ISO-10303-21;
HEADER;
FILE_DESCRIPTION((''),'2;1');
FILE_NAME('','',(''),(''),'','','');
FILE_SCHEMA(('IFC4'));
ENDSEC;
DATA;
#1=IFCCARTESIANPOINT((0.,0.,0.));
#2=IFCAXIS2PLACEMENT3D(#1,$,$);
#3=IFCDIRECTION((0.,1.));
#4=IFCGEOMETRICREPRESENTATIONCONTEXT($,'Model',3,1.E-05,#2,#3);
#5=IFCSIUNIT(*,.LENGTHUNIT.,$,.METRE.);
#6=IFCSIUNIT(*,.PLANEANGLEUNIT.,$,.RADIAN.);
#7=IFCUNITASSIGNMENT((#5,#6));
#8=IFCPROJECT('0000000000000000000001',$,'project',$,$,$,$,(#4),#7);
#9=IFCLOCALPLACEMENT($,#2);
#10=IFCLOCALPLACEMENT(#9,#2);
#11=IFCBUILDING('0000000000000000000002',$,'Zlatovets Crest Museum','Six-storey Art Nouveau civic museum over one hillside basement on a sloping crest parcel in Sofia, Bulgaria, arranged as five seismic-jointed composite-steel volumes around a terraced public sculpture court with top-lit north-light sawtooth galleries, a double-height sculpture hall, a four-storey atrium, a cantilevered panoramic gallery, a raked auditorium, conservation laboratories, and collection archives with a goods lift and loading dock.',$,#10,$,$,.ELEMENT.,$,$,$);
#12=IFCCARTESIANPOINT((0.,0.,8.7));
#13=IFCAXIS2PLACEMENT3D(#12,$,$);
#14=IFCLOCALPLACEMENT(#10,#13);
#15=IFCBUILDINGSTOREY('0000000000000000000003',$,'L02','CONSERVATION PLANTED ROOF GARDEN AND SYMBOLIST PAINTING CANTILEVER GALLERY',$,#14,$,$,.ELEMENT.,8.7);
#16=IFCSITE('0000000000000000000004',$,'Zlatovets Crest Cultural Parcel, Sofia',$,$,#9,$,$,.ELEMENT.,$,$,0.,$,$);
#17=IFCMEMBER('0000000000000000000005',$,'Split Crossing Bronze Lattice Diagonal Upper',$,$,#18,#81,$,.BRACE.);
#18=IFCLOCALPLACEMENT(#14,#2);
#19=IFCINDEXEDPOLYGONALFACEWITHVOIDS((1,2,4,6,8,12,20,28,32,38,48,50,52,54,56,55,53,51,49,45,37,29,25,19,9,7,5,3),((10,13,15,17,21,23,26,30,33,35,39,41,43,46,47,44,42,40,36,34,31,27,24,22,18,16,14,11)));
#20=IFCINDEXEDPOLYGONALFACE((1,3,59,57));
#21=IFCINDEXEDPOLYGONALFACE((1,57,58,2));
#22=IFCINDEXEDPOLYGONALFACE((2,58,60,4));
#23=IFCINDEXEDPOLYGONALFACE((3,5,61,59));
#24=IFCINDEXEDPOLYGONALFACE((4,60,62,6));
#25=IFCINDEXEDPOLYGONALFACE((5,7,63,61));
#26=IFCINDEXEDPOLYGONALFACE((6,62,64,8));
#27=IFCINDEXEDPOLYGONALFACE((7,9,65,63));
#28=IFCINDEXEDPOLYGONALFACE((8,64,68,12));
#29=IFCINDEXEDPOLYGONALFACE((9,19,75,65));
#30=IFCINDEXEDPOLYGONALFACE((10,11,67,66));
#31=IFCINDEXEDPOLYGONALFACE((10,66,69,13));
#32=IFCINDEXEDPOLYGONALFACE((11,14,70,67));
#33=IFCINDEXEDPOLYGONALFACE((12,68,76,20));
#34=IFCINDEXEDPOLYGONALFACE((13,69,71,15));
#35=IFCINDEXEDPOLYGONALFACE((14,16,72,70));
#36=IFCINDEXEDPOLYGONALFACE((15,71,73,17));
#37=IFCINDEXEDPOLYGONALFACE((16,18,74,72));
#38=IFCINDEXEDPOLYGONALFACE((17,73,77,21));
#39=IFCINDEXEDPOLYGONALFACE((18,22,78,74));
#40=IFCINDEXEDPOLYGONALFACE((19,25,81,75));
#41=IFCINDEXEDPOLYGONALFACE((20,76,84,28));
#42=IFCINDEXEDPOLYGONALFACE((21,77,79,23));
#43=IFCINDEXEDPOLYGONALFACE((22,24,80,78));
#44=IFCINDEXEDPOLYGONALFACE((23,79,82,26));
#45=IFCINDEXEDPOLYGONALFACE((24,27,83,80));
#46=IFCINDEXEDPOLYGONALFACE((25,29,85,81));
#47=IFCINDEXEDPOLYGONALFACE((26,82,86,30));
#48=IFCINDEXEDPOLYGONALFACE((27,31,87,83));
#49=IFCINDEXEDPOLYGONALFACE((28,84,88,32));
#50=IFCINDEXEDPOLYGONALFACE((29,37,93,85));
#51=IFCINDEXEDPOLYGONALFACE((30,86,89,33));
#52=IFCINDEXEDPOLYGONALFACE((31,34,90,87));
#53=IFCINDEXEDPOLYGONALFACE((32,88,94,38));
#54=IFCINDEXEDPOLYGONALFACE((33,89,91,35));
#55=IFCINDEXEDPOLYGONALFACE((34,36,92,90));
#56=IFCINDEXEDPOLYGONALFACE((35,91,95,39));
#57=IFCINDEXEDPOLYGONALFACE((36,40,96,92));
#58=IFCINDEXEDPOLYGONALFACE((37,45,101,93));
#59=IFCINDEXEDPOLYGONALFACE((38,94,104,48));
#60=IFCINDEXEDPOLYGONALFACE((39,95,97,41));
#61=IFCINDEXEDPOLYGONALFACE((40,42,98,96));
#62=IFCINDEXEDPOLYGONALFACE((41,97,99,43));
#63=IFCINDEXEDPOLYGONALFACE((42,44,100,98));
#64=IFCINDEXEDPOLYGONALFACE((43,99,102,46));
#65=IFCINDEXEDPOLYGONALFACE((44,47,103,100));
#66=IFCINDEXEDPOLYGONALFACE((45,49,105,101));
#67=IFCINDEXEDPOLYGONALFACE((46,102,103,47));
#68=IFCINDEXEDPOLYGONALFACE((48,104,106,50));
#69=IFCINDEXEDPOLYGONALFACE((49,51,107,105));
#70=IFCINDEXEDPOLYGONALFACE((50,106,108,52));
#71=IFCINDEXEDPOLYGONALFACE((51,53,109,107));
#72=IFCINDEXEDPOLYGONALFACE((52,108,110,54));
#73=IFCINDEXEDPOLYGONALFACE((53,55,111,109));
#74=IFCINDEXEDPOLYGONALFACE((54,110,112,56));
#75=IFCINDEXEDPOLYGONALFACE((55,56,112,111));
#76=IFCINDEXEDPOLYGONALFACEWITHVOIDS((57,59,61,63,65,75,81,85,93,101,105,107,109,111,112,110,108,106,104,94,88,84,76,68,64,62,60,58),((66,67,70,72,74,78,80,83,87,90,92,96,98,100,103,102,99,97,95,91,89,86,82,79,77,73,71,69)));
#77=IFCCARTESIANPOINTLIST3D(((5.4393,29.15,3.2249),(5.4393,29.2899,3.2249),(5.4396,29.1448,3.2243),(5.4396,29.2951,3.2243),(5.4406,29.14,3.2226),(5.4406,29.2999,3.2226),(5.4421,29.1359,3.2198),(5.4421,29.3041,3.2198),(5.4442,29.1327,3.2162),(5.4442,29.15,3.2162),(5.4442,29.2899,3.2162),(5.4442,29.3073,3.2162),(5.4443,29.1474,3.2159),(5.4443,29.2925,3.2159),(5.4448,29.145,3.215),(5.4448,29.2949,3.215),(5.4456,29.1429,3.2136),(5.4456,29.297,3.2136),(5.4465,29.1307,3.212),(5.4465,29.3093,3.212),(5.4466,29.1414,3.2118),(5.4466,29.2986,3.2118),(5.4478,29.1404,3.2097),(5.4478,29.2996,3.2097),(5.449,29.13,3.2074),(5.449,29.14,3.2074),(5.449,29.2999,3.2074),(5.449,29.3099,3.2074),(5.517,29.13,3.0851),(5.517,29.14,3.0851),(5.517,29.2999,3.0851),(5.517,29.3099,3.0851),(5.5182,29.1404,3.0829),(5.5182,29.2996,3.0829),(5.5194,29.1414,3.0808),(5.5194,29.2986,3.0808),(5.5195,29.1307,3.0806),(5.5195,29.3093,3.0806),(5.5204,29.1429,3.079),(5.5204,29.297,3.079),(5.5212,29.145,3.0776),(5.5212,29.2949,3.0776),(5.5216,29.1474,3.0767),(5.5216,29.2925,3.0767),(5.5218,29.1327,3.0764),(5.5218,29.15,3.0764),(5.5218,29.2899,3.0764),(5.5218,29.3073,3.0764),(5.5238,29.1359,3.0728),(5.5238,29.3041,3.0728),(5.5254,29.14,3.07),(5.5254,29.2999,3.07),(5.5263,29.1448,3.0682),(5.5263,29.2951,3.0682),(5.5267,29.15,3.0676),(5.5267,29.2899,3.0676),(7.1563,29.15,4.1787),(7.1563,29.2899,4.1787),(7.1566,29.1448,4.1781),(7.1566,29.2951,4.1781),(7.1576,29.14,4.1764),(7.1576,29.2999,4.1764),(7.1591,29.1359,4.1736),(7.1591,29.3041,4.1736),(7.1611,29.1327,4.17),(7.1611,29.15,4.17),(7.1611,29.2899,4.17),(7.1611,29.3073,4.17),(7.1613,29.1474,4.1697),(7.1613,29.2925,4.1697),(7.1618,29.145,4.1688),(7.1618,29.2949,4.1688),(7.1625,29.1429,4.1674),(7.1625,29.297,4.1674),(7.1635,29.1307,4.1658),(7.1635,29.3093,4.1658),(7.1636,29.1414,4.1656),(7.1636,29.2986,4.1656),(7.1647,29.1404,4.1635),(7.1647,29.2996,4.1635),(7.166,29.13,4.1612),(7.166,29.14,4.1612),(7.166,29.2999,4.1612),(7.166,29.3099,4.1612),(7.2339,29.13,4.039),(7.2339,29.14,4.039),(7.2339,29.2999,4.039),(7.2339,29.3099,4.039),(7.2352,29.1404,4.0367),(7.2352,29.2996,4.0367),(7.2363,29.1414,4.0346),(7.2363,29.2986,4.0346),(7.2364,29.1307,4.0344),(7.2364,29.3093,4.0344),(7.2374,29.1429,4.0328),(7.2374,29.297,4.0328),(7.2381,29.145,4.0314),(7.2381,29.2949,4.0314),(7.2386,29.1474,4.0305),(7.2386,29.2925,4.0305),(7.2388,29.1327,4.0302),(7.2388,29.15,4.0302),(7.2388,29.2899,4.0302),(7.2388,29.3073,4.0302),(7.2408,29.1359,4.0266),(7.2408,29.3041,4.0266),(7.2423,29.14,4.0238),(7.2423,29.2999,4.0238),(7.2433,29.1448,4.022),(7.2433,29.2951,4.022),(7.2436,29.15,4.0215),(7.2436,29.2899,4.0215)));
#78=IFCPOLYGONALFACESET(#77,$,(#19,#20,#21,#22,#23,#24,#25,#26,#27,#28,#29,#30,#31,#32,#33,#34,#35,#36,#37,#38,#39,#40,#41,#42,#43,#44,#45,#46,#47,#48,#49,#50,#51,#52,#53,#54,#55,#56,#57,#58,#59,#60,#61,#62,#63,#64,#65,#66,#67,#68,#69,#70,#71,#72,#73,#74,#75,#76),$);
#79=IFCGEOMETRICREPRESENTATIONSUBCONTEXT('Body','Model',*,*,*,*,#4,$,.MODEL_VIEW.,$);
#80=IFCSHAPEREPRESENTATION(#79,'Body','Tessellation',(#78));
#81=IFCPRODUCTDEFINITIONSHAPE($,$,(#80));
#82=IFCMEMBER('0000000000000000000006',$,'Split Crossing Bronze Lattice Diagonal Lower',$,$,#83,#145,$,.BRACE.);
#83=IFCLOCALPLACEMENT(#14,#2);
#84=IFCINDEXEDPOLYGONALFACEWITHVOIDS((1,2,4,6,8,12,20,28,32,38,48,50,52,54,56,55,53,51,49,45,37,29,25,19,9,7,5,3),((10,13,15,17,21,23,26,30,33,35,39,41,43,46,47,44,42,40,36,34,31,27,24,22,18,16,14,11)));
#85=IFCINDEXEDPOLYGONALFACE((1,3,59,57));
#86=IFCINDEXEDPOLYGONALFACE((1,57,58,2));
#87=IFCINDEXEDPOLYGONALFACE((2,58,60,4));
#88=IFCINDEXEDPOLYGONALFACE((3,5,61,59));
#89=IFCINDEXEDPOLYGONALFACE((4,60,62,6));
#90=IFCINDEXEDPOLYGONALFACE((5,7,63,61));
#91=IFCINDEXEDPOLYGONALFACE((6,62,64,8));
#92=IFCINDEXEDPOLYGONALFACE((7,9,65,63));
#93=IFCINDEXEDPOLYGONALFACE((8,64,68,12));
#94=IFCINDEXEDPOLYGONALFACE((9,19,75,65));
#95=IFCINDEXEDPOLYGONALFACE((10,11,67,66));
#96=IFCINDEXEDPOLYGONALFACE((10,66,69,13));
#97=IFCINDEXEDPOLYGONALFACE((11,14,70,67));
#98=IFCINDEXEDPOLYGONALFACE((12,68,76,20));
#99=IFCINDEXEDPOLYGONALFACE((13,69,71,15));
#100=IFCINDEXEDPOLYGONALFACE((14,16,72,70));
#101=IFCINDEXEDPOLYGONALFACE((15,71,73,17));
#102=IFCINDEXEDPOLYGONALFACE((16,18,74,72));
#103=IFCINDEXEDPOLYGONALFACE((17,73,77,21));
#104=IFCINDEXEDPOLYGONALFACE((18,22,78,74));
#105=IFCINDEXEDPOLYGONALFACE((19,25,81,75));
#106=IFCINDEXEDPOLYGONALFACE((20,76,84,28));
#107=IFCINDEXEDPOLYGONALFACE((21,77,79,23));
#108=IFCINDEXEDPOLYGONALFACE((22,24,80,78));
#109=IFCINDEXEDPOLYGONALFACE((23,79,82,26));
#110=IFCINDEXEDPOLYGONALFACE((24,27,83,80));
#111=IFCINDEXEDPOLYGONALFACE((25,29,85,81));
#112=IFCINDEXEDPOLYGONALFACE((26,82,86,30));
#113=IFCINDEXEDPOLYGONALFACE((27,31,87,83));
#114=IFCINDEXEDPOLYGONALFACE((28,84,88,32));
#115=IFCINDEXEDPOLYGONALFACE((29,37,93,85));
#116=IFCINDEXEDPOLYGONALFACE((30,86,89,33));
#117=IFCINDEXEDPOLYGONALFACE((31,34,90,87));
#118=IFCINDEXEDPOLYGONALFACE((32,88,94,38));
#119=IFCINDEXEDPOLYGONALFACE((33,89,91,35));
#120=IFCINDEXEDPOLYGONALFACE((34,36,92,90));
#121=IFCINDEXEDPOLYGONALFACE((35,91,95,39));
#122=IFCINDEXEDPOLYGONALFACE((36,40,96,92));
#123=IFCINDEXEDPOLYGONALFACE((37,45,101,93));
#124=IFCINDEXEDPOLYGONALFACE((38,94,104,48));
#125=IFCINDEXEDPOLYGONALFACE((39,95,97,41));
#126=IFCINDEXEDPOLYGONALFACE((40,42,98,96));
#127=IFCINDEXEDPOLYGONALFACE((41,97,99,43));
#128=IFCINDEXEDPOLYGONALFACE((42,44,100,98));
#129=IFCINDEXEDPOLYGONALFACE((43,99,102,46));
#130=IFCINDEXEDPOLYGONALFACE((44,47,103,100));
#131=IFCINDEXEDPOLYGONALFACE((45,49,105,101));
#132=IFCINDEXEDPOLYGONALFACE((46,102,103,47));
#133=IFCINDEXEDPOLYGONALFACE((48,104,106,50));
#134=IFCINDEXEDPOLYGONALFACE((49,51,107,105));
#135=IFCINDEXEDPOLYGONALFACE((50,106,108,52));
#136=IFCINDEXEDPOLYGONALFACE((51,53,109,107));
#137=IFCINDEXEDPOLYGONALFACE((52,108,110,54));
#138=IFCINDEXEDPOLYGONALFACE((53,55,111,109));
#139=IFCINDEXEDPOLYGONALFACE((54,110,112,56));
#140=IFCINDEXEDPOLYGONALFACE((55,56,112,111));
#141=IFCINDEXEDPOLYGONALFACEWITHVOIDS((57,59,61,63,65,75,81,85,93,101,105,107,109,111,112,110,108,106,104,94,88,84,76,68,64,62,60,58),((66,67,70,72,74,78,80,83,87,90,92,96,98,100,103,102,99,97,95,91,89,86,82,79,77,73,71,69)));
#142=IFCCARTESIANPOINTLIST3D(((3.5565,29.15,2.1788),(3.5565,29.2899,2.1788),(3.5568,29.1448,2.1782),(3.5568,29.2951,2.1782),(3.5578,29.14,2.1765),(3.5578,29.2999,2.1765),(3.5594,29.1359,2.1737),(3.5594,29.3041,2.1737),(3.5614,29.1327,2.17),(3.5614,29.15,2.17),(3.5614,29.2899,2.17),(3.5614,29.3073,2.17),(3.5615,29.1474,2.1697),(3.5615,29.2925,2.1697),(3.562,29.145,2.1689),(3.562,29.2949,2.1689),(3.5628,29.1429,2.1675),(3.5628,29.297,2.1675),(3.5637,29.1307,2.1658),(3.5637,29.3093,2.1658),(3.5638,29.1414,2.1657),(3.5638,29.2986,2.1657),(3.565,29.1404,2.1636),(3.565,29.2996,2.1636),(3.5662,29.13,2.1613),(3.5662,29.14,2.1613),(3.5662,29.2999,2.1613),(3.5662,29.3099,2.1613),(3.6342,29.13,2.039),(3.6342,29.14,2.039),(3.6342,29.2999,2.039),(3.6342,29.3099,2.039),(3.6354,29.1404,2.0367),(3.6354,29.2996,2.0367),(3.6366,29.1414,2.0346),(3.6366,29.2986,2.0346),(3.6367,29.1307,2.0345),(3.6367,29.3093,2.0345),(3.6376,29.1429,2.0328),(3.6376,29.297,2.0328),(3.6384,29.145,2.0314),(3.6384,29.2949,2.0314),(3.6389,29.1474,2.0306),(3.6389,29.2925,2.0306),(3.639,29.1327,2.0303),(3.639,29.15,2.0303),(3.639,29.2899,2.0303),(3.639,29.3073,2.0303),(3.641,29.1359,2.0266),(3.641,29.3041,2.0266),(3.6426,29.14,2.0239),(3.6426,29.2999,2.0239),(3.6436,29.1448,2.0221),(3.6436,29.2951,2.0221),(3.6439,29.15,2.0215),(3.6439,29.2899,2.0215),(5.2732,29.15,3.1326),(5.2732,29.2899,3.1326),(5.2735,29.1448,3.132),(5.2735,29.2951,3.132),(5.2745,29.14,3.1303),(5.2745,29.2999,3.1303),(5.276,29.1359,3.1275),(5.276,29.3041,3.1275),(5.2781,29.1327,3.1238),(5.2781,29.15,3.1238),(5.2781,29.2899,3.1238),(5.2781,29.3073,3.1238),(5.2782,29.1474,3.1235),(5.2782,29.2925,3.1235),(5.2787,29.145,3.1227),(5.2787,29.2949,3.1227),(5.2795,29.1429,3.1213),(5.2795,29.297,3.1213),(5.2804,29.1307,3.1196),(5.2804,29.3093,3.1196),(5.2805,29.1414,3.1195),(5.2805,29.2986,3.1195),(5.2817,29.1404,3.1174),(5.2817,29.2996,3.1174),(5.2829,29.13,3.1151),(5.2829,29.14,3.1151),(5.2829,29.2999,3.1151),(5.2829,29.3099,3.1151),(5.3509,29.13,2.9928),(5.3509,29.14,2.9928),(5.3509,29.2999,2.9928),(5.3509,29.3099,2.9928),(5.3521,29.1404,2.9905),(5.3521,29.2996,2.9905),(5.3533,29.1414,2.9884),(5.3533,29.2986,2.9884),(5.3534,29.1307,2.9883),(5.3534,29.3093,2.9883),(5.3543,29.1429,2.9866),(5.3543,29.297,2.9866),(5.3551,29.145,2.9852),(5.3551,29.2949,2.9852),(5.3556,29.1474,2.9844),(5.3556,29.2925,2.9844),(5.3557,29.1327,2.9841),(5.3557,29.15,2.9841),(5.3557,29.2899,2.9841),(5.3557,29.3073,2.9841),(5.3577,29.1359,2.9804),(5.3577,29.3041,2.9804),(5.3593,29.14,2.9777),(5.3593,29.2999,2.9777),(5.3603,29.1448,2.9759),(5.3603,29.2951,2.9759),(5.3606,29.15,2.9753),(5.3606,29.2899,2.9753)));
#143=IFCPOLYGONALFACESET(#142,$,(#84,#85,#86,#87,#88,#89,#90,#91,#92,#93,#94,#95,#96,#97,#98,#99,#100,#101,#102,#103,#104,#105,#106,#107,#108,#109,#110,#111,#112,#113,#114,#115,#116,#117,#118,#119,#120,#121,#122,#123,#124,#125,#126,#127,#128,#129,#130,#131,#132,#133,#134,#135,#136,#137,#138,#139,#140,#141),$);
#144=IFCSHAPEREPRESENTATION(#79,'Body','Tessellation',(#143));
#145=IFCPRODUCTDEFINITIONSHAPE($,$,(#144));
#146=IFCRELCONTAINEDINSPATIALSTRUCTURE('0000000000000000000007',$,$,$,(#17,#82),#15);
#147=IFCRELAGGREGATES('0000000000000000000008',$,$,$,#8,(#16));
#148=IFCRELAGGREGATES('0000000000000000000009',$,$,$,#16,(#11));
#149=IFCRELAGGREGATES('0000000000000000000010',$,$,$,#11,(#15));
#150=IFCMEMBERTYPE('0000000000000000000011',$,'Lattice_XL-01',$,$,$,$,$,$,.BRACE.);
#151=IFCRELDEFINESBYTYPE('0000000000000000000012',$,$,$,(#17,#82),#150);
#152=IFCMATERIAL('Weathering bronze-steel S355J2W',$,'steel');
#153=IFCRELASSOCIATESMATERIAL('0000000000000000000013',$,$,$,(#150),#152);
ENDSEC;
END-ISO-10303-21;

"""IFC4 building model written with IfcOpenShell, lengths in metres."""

from ifc_helpers import new_model, si_unit, direction, frame, origin, origin_2d, place, context, subcontext, project, spatial, hollow_rectangle, extrude, material, material_profile, profile_set, type_object, element, save


model = new_model("IFC4")

# Units and contexts
model_context = context("Model", 3, precision=1e-05, world=origin(), true_north=direction((0.0, 1.0)))
body_context = subcontext(model_context, "Body", "Model", "MODEL_VIEW")
ifc_project = project(units=[si_unit("LENGTHUNIT", "METRE"), si_unit("PLANEANGLEUNIT", "RADIAN")], contexts=[model_context])

# Site, building, storey
site_placement = place(None, origin())
site = spatial("IfcSite", under=ifc_project, at=site_placement, Name="Zlatovets Crest Cultural Parcel, Sofia", CompositionType="ELEMENT", RefElevation=0.0)
building_placement = place(site_placement, origin())
building = spatial("IfcBuilding", under=site, at=building_placement, Name="Zlatovets Crest Museum", Description="Six-storey Art Nouveau civic museum over one hillside basement on a sloping crest parcel in Sofia, Bulgaria, arranged as five seismic-jointed composite-steel volumes around a terraced public sculpture court with top-lit north-light sawtooth galleries, a double-height sculpture hall, a four-storey atrium, a cantilevered panoramic gallery, a raked auditorium, conservation laboratories, and collection archives with a goods lift and loading dock.", CompositionType="ELEMENT")
storey_placement = place(building_placement, frame((0.0, 0.0, 8.7)))
storey = spatial("IfcBuildingStorey", under=building, at=storey_placement, Name="L02", Description="CONSERVATION PLANTED ROOF GARDEN AND SYMBOLIST PAINTING CANTILEVER GALLERY", CompositionType="ELEMENT", Elevation=8.7)

# Members
ifc_material_1 = material(Name="Weathering bronze-steel S355J2W", Category="steel")
ifc_material_profile_1 = material_profile(ifc_material_1, hollow_rectangle(XDim=0.1799, YDim=0.1799, WallThickness=0.01, InnerFilletRadius=0.01, OuterFilletRadius=0.02, at=origin_2d()), Name="SHS 180x180x10.0")
ifc_profile_set_1 = profile_set([ifc_material_profile_1], Name="Weathering bronze-steel S355J2W")
member_type_1 = type_object("IfcMemberType", Name="Lattice_XL-01", PredefinedType="BRACE", material=ifc_profile_set_1)
member_1_placement = place(storey_placement, frame((7.2, 29.22, 4.1001), z_axis=(-0.874169, 0.0, -0.485622), x_axis=(0.0, -1.0, 0.0)))
element("IfcMember", 1, at=member_1_placement, inside=storey, type_object=member_type_1, Name="Split Crossing Bronze Lattice Diagonal Upper", PredefinedType="BRACE", context=body_context, shape_type="SweptSolid", body=[
    extrude(hollow_rectangle(XDim=0.1799, YDim=0.1799, WallThickness=0.01, InnerFilletRadius=0.01, OuterFilletRadius=0.02, at=origin_2d()), origin(), (0.0, 0.0, 1.0), 1.9641),
])
member_2_placement = place(storey_placement, frame((5.3169, 29.22, 3.054), z_axis=(-0.87414, 0.0, -0.485675), x_axis=(0.0, -1.0, 0.0)))
element("IfcMember", 2, at=member_2_placement, inside=storey, type_object=member_type_1, Name="Split Crossing Bronze Lattice Diagonal Lower", PredefinedType="BRACE", context=body_context, shape_type="SweptSolid", body=[
    extrude(hollow_rectangle(XDim=0.1799, YDim=0.1799, WallThickness=0.01, InnerFilletRadius=0.01, OuterFilletRadius=0.02, at=origin_2d()), origin(), (0.0, 0.0, 1.0), 1.9639),
])

save(model, "model.ifc")
